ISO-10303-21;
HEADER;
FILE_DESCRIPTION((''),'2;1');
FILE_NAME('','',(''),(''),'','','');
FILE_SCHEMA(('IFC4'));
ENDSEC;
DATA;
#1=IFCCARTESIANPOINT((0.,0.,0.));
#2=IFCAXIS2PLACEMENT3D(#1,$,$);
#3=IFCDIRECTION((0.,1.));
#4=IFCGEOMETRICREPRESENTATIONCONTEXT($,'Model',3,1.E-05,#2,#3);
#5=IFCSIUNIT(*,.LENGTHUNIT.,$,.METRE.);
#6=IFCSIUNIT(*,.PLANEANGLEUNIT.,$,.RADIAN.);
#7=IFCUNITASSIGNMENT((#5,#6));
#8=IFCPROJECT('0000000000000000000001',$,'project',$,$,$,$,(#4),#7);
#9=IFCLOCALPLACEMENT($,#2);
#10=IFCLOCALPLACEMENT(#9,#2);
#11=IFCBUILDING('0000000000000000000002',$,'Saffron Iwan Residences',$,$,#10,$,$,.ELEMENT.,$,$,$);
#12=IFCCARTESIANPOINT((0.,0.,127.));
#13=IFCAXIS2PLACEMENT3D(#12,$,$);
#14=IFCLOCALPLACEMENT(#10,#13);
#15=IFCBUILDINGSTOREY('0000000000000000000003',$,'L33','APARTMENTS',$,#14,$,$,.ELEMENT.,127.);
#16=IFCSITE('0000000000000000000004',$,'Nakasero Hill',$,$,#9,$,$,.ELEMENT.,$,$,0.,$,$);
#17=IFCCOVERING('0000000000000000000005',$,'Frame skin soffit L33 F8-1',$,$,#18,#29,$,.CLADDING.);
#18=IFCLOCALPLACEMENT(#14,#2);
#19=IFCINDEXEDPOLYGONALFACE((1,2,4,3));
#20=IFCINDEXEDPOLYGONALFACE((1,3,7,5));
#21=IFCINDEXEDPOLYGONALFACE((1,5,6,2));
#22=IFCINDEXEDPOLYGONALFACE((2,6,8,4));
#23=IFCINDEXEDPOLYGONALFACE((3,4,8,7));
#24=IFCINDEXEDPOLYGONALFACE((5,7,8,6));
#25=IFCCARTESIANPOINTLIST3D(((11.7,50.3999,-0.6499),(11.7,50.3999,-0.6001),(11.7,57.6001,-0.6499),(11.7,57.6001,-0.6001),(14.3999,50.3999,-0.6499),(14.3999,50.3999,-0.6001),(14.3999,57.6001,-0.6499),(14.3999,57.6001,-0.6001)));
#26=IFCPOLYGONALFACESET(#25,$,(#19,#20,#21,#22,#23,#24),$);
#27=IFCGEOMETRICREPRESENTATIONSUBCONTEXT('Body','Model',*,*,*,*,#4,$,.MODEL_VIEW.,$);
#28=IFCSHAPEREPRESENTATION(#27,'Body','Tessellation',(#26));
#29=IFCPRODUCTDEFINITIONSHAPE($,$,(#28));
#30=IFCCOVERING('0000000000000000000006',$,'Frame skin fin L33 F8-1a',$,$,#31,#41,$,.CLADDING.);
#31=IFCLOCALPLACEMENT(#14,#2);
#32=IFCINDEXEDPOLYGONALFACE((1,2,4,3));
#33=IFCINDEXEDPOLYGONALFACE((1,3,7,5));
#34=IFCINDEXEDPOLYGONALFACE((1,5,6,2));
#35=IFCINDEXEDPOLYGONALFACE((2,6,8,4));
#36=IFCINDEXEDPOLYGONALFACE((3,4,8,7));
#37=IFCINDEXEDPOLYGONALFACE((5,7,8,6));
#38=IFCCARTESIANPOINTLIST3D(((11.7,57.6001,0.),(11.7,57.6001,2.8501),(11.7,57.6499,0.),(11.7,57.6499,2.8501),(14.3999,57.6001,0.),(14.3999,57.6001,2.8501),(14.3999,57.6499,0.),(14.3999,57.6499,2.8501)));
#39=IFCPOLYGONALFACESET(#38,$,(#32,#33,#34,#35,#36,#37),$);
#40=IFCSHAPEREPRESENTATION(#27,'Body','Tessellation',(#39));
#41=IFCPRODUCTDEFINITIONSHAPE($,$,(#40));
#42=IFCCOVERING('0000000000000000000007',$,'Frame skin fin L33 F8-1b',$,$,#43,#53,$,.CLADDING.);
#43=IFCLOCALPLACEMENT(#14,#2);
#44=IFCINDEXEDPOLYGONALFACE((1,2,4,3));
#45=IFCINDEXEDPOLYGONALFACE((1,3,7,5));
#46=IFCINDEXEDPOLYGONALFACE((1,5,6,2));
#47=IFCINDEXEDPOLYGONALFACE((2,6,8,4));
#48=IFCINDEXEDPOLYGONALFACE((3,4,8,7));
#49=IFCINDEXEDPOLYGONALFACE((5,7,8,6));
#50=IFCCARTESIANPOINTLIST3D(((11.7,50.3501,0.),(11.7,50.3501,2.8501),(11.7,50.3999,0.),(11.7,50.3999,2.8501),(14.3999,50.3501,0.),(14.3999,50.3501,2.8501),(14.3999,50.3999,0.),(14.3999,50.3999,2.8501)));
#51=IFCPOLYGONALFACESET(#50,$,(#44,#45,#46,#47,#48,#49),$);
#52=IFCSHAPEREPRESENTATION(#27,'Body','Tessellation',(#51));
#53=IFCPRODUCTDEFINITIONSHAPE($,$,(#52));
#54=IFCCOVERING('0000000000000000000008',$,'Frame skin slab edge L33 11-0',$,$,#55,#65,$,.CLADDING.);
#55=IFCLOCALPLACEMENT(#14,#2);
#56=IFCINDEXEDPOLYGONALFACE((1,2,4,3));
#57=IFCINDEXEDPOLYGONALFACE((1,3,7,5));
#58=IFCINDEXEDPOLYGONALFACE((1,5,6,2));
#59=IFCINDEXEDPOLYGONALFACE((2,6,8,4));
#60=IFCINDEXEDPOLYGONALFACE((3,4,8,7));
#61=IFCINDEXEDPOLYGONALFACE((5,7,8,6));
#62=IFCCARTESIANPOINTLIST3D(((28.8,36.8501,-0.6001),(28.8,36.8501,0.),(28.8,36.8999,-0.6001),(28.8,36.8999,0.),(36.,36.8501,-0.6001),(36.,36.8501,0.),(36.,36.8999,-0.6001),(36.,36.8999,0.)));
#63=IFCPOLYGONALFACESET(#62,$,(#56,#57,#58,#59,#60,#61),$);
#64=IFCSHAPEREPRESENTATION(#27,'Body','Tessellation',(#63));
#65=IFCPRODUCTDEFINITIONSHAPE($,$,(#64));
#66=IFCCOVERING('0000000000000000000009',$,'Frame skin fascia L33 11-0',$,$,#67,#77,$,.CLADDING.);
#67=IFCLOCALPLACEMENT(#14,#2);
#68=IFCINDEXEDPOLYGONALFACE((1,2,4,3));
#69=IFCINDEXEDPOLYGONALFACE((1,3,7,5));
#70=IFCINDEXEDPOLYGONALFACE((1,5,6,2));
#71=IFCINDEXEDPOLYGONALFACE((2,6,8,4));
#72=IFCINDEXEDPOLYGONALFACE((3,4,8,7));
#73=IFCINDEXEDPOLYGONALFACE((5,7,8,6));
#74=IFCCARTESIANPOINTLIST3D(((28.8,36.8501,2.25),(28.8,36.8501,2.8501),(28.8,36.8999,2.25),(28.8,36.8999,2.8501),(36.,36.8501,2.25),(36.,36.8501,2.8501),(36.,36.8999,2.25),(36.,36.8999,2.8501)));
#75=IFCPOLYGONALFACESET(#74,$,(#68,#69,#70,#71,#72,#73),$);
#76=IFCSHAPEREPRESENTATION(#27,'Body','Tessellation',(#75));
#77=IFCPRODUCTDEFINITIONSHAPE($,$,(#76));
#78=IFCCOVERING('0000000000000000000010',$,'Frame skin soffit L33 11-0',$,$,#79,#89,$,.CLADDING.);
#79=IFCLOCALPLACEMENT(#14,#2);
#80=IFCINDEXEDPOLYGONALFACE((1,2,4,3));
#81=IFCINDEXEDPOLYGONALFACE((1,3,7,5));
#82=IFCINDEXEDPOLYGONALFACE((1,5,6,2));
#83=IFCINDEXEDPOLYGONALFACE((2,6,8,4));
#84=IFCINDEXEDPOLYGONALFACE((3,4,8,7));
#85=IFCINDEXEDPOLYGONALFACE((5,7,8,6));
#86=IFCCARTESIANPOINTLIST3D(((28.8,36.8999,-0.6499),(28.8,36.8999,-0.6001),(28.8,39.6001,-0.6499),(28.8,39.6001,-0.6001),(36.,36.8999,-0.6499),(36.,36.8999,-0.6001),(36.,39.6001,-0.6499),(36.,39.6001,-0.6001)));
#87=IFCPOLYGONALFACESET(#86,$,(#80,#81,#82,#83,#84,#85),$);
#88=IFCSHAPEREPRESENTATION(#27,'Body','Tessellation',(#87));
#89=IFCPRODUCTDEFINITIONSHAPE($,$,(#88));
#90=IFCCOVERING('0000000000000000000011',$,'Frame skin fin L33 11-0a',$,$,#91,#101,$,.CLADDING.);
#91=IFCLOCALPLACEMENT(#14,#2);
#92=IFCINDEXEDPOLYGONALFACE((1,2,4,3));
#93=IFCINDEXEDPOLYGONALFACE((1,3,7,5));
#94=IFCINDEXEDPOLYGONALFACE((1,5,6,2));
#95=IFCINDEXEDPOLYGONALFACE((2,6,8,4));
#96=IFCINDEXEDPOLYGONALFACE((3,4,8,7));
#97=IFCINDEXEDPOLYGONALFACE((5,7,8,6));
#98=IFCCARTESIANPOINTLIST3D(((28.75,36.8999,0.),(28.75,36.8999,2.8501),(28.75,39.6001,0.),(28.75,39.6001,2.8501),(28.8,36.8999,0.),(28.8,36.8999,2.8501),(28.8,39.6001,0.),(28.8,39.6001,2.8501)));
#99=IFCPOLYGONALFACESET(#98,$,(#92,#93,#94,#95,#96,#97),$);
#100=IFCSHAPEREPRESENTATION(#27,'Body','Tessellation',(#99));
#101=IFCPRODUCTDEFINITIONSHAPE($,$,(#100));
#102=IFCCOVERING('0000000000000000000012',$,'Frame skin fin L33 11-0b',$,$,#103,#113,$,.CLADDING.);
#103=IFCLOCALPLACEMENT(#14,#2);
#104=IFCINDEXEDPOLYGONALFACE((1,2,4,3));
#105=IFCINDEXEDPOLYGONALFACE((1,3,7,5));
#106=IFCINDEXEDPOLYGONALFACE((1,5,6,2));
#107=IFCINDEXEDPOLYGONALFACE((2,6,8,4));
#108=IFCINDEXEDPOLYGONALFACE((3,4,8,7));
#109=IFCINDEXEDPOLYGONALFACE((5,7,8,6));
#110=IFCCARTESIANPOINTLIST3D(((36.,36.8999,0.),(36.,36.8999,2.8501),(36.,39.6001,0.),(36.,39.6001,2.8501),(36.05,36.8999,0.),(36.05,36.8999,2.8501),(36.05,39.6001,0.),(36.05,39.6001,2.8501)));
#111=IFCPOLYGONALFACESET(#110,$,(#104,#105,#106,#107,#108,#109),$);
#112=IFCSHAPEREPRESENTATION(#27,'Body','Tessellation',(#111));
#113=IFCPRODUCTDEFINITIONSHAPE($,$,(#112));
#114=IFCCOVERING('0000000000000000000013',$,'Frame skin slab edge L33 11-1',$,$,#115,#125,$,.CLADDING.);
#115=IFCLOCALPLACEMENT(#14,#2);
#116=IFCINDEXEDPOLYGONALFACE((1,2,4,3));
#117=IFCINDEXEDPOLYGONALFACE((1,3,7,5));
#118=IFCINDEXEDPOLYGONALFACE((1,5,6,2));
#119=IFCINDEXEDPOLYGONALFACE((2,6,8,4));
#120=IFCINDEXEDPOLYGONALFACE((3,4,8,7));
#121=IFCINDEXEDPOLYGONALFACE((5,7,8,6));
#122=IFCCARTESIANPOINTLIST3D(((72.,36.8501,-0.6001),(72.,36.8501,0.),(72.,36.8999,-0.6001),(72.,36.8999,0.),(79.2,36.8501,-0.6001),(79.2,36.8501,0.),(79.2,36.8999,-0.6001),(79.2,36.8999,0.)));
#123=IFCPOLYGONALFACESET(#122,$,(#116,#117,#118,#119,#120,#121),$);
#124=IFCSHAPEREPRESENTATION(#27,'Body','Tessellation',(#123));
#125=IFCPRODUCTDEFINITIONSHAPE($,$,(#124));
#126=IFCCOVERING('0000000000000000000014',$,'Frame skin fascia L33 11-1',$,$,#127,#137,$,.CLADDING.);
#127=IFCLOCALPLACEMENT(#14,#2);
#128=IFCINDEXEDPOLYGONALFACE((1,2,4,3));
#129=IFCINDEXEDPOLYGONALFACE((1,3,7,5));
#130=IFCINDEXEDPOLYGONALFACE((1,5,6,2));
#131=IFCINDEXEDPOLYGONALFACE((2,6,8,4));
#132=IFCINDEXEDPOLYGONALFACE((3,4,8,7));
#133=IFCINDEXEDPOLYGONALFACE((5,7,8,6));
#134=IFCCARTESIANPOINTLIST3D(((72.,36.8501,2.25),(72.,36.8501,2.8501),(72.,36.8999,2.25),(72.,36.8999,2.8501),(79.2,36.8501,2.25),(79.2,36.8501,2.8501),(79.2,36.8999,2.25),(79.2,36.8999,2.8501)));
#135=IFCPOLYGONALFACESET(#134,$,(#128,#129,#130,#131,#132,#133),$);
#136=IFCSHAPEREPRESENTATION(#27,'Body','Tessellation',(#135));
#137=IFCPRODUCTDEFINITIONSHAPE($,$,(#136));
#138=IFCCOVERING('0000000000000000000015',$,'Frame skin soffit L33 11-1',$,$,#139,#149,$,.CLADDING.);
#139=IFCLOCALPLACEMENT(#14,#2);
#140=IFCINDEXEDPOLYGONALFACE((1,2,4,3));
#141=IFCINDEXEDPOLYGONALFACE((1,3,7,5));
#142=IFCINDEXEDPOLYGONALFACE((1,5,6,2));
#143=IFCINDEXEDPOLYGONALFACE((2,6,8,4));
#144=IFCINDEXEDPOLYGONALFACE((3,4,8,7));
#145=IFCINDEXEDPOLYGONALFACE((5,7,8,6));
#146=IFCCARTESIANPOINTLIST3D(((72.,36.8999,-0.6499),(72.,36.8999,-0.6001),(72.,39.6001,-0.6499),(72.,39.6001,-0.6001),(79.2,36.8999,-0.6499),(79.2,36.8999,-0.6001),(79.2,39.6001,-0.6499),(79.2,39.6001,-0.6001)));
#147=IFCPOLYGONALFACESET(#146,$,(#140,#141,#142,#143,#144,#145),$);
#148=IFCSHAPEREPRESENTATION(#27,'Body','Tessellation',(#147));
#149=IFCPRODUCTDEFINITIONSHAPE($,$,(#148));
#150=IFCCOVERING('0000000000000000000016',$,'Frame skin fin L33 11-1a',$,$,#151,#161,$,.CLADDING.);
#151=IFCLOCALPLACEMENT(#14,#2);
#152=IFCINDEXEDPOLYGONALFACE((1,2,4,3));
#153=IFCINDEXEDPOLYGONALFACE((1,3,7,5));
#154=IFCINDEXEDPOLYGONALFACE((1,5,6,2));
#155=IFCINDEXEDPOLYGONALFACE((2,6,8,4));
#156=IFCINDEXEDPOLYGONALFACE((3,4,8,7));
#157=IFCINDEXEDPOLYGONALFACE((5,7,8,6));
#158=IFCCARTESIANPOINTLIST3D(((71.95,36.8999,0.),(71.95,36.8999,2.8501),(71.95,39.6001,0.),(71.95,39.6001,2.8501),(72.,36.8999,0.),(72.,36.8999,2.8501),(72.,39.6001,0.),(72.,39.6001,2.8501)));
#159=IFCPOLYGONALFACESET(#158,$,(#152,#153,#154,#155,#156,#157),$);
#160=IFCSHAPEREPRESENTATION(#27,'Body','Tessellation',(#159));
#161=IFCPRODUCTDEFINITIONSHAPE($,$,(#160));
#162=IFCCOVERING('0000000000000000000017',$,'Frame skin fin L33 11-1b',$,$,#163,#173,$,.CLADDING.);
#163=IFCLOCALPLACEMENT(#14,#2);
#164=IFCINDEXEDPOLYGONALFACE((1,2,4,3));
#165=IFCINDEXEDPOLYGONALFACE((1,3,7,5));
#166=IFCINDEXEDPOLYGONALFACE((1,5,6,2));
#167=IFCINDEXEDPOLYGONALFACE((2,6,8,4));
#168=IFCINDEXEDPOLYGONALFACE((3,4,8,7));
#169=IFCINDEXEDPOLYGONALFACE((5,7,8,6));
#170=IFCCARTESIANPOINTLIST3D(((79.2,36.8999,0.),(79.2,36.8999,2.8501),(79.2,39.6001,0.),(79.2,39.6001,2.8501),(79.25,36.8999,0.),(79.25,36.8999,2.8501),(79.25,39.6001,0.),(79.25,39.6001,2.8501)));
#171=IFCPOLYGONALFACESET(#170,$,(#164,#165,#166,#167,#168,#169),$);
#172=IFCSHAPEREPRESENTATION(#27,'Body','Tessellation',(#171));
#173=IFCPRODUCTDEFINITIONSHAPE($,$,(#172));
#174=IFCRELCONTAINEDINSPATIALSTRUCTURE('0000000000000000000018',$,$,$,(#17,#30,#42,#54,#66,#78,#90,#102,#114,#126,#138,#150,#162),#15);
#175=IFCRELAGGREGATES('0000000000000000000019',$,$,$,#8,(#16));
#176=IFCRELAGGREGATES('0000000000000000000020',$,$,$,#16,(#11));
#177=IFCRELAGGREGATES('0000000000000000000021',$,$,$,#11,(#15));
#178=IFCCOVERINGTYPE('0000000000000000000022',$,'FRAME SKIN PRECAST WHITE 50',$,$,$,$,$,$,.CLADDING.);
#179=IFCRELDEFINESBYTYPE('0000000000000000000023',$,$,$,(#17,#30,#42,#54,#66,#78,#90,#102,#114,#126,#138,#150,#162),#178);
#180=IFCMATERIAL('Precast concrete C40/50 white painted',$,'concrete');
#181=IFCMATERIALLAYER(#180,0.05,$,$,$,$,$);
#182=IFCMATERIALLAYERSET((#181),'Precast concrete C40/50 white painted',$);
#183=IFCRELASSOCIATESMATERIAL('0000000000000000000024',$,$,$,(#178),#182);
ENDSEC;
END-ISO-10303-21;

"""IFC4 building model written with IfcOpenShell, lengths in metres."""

from ifc_helpers import new_model, si_unit, direction, frame, origin, place, context, subcontext, project, spatial, polyline, outline, extrude, material, layer, layer_set, type_object, element, save


model = new_model("IFC4")

# Units and contexts
model_context = context("Model", 3, precision=1e-05, world=origin(), true_north=direction((0.0, 1.0)))
body_context = subcontext(model_context, "Body", "Model", "MODEL_VIEW")
ifc_project = project(units=[si_unit("LENGTHUNIT", "METRE"), si_unit("PLANEANGLEUNIT", "RADIAN")], contexts=[model_context])

# Site, building, storey
site_placement = place(None, origin())
site = spatial("IfcSite", under=ifc_project, at=site_placement, Name="Nakasero Hill", CompositionType="ELEMENT", RefElevation=0.0)
building_placement = place(site_placement, origin())
building = spatial("IfcBuilding", under=site, at=building_placement, Name="Saffron Iwan Residences", CompositionType="ELEMENT")
storey_placement = place(building_placement, frame((0.0, 0.0, 127.0)))
storey = spatial("IfcBuildingStorey", under=building, at=storey_placement, Name="L33", Description="APARTMENTS", CompositionType="ELEMENT", Elevation=127.0)

# Coverings
ifc_material_1 = material(Name="Precast concrete C40/50 white painted", Category="concrete")
ifc_layer_1 = layer(ifc_material_1, 0.05)
ifc_layer_set_1 = layer_set([ifc_layer_1], Name="Precast concrete C40/50 white painted")
covering_type = type_object("IfcCoveringType", Name="FRAME SKIN PRECAST WHITE 50", PredefinedType="CLADDING", material=ifc_layer_set_1)
covering_1_placement = place(storey_placement, frame((0.0, 0.0, -0.6499)))
element("IfcCovering", 1, at=covering_1_placement, inside=storey, type_object=covering_type, Name="Frame skin soffit L33 F8-1", PredefinedType="CLADDING", context=body_context, shape_type="SweptSolid", body=[
    extrude(outline(polyline([(11.7, 57.6001), (11.7, 50.3999), (14.3999, 50.3999), (14.3999, 57.6001), (11.7, 57.6001)])), origin(), (0.0, 0.0, 1.0), 0.0498),
])
covering_2_placement = place(storey_placement, origin())
element("IfcCovering", 2, at=covering_2_placement, inside=storey, type_object=covering_type, Name="Frame skin fin L33 F8-1a", PredefinedType="CLADDING", context=body_context, shape_type="SweptSolid", body=[
    extrude(outline(polyline([(11.7, 57.6499), (11.7, 57.6001), (14.3999, 57.6001), (14.3999, 57.6499), (11.7, 57.6499)])), origin(), (0.0, 0.0, 1.0), 2.8501),
])
covering_3_placement = place(storey_placement, origin())
element("IfcCovering", 3, at=covering_3_placement, inside=storey, type_object=covering_type, Name="Frame skin fin L33 F8-1b", PredefinedType="CLADDING", context=body_context, shape_type="SweptSolid", body=[
    extrude(outline(polyline([(11.7, 50.3999), (11.7, 50.3501), (14.3999, 50.3501), (14.3999, 50.3999), (11.7, 50.3999)])), origin(), (0.0, 0.0, 1.0), 2.8501),
])
for number, where, name in (
    (4, (0.0, 0.0, -0.6001), "Frame skin slab edge L33 11-0"),
    (5, (0.0, 0.0, 2.25), "Frame skin fascia L33 11-0"),
):
    element("IfcCovering", number, at=place(storey_placement, frame(where)), inside=storey, type_object=covering_type, Name=name, PredefinedType="CLADDING", context=body_context, shape_type="SweptSolid", body=[
        extrude(outline(polyline([(28.8, 36.8501), (36.0, 36.8501), (36.0, 36.8999), (28.8, 36.8999), (28.8, 36.8501)])), origin(), (0.0, 0.0, 1.0), 0.6001),
    ])
covering_4_placement = place(storey_placement, frame((0.0, 0.0, -0.6499)))
element("IfcCovering", 6, at=covering_4_placement, inside=storey, type_object=covering_type, Name="Frame skin soffit L33 11-0", PredefinedType="CLADDING", context=body_context, shape_type="SweptSolid", body=[
    extrude(outline(polyline([(28.8, 36.8999), (36.0, 36.8999), (36.0, 39.6001), (28.8, 39.6001), (28.8, 36.8999)])), origin(), (0.0, 0.0, 1.0), 0.0498),
])
covering_5_placement = place(storey_placement, origin())
element("IfcCovering", 7, at=covering_5_placement, inside=storey, type_object=covering_type, Name="Frame skin fin L33 11-0a", PredefinedType="CLADDING", context=body_context, shape_type="SweptSolid", body=[
    extrude(outline(polyline([(28.75, 36.8999), (28.8, 36.8999), (28.8, 39.6001), (28.75, 39.6001), (28.75, 36.8999)])), origin(), (0.0, 0.0, 1.0), 2.8501),
])
covering_6_placement = place(storey_placement, origin())
element("IfcCovering", 8, at=covering_6_placement, inside=storey, type_object=covering_type, Name="Frame skin fin L33 11-0b", PredefinedType="CLADDING", context=body_context, shape_type="SweptSolid", body=[
    extrude(outline(polyline([(36.0, 36.8999), (36.05, 36.8999), (36.05, 39.6001), (36.0, 39.6001), (36.0, 36.8999)])), origin(), (0.0, 0.0, 1.0), 2.8501),
])
for number, where, name in (
    (9, (0.0, 0.0, -0.6001), "Frame skin slab edge L33 11-1"),
    (10, (0.0, 0.0, 2.25), "Frame skin fascia L33 11-1"),
):
    element("IfcCovering", number, at=place(storey_placement, frame(where)), inside=storey, type_object=covering_type, Name=name, PredefinedType="CLADDING", context=body_context, shape_type="SweptSolid", body=[
        extrude(outline(polyline([(72.0, 36.8501), (79.2, 36.8501), (79.2, 36.8999), (72.0, 36.8999), (72.0, 36.8501)])), origin(), (0.0, 0.0, 1.0), 0.6001),
    ])
covering_7_placement = place(storey_placement, frame((0.0, 0.0, -0.6499)))
element("IfcCovering", 11, at=covering_7_placement, inside=storey, type_object=covering_type, Name="Frame skin soffit L33 11-1", PredefinedType="CLADDING", context=body_context, shape_type="SweptSolid", body=[
    extrude(outline(polyline([(72.0, 36.8999), (79.2, 36.8999), (79.2, 39.6001), (72.0, 39.6001), (72.0, 36.8999)])), origin(), (0.0, 0.0, 1.0), 0.0498),
])
covering_8_placement = place(storey_placement, origin())
element("IfcCovering", 12, at=covering_8_placement, inside=storey, type_object=covering_type, Name="Frame skin fin L33 11-1a", PredefinedType="CLADDING", context=body_context, shape_type="SweptSolid", body=[
    extrude(outline(polyline([(71.95, 36.8999), (72.0, 36.8999), (72.0, 39.6001), (71.95, 39.6001), (71.95, 36.8999)])), origin(), (0.0, 0.0, 1.0), 2.8501),
])
covering_9_placement = place(storey_placement, origin())
element("IfcCovering", 13, at=covering_9_placement, inside=storey, type_object=covering_type, Name="Frame skin fin L33 11-1b", PredefinedType="CLADDING", context=body_context, shape_type="SweptSolid", body=[
    extrude(outline(polyline([(79.2, 36.8999), (79.25, 36.8999), (79.25, 39.6001), (79.2, 39.6001), (79.2, 36.8999)])), origin(), (0.0, 0.0, 1.0), 2.8501),
])

save(model, "model.ifc")
